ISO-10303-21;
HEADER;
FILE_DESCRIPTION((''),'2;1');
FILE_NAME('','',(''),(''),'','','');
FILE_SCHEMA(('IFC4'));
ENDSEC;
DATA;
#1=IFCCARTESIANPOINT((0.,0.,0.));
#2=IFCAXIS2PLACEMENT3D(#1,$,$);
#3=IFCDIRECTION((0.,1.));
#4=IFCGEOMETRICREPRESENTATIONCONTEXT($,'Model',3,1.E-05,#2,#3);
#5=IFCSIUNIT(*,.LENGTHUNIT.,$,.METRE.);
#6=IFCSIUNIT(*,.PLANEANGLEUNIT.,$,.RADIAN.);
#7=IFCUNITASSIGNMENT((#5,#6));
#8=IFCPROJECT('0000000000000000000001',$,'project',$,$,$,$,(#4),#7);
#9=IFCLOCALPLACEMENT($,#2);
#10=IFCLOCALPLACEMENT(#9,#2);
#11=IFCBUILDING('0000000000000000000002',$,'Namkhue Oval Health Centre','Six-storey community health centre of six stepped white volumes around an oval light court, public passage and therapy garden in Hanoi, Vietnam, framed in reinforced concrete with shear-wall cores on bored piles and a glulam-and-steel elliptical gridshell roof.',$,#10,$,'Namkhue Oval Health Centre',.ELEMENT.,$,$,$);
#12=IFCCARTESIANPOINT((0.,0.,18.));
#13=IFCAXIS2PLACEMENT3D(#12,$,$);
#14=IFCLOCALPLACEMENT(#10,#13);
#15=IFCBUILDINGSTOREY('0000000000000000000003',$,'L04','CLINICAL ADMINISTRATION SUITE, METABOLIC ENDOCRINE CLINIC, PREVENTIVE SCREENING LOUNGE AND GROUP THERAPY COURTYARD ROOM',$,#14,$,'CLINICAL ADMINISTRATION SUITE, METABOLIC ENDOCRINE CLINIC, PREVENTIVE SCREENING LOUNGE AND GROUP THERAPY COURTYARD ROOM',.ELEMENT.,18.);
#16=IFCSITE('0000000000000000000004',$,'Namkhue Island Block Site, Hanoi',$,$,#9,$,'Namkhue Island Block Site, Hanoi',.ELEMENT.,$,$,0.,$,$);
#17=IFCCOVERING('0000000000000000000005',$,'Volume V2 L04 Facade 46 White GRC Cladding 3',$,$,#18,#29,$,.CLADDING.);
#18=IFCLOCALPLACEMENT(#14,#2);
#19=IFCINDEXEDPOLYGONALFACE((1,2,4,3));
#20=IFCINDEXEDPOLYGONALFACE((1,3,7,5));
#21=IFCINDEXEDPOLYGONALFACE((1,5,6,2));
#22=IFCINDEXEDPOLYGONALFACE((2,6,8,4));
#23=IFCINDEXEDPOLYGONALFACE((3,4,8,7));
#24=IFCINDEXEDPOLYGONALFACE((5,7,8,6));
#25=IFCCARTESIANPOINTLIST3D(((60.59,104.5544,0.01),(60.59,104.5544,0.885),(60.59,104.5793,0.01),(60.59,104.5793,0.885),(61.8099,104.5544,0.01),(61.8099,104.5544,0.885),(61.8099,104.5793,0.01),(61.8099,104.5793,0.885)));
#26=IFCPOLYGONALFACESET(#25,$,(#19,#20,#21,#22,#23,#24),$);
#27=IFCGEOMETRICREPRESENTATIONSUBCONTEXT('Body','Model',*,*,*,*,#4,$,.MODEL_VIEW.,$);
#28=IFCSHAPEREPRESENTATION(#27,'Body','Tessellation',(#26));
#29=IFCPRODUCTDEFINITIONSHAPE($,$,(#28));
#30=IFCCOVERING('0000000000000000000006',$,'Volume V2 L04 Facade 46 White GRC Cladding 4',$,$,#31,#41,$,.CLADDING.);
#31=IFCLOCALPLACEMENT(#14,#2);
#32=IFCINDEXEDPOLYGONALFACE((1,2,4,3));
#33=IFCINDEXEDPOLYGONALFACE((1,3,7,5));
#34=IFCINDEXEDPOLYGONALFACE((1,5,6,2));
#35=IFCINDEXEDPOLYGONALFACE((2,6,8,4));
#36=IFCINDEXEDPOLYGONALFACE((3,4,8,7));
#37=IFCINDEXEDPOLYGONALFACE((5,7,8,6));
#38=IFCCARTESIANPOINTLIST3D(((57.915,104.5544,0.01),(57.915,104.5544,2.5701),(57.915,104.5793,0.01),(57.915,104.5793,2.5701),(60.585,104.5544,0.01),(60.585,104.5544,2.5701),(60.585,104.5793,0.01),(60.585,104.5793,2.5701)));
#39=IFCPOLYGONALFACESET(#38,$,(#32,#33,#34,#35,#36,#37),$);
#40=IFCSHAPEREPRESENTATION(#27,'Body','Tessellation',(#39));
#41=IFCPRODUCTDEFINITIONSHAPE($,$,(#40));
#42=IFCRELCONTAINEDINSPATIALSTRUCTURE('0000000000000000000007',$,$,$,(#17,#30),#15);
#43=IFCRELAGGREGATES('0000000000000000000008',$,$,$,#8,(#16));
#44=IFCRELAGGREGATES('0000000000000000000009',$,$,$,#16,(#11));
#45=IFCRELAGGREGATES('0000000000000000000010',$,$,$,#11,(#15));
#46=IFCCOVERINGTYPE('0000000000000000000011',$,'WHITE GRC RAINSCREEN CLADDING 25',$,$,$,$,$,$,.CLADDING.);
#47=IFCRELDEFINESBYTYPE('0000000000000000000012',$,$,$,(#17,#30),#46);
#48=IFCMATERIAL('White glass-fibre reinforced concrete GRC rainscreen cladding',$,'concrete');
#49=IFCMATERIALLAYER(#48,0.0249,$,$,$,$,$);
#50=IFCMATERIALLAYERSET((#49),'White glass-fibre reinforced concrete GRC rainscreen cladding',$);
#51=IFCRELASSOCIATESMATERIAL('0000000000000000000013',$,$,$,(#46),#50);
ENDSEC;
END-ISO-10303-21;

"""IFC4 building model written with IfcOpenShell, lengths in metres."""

from ifc_helpers import new_model, si_unit, direction, frame, origin, origin_2d, place, context, subcontext, project, spatial, rectangle, extrude, material, layer, layer_set, type_object, element, save


model = new_model("IFC4")

# Units and contexts
model_context = context("Model", 3, precision=1e-05, world=origin(), true_north=direction((0.0, 1.0)))
body_context = subcontext(model_context, "Body", "Model", "MODEL_VIEW")
ifc_project = project(units=[si_unit("LENGTHUNIT", "METRE"), si_unit("PLANEANGLEUNIT", "RADIAN")], contexts=[model_context])

# Site, building, storey
site_placement = place(None, origin())
site = spatial("IfcSite", under=ifc_project, at=site_placement, Name="Namkhue Island Block Site, Hanoi", LongName="Namkhue Island Block Site, Hanoi", CompositionType="ELEMENT", RefElevation=0.0)
building_placement = place(site_placement, origin())
building = spatial("IfcBuilding", under=site, at=building_placement, Name="Namkhue Oval Health Centre", Description="Six-storey community health centre of six stepped white volumes around an oval light court, public passage and therapy garden in Hanoi, Vietnam, framed in reinforced concrete with shear-wall cores on bored piles and a glulam-and-steel elliptical gridshell roof.", LongName="Namkhue Oval Health Centre", CompositionType="ELEMENT")
storey_placement = place(building_placement, frame((0.0, 0.0, 18.0)))
storey = spatial("IfcBuildingStorey", under=building, at=storey_placement, Name="L04", Description="CLINICAL ADMINISTRATION SUITE, METABOLIC ENDOCRINE CLINIC, PREVENTIVE SCREENING LOUNGE AND GROUP THERAPY COURTYARD ROOM", LongName="CLINICAL ADMINISTRATION SUITE, METABOLIC ENDOCRINE CLINIC, PREVENTIVE SCREENING LOUNGE AND GROUP THERAPY COURTYARD ROOM", CompositionType="ELEMENT", Elevation=18.0)

# Coverings
ifc_material_1 = material(Name="White glass-fibre reinforced concrete GRC rainscreen cladding", Category="concrete")
ifc_layer_1 = layer(ifc_material_1, 0.0249)
ifc_layer_set_1 = layer_set([ifc_layer_1], Name="White glass-fibre reinforced concrete GRC rainscreen cladding")
covering_type = type_object("IfcCoveringType", Name="WHITE GRC RAINSCREEN CLADDING 25", PredefinedType="CLADDING", material=ifc_layer_set_1)
covering_1_placement = place(storey_placement, frame((61.2, 104.5669, 0.01), z_axis=(0.0, 0.0, 1.0), x_axis=(-1.0, 0.0, 0.0)))
element("IfcCovering", 1, at=covering_1_placement, inside=storey, type_object=covering_type, Name="Volume V2 L04 Facade 46 White GRC Cladding 3", PredefinedType="CLADDING", context=body_context, shape_type="SweptSolid", body=[
    extrude(rectangle(XDim=1.22, YDim=0.0249, at=origin_2d()), origin(), (0.0, 0.0, 1.0), 0.875),
])
covering_2_placement = place(storey_placement, frame((59.25, 104.5669, 0.01), z_axis=(0.0, 0.0, 1.0), x_axis=(-1.0, 0.0, 0.0)))
element("IfcCovering", 2, at=covering_2_placement, inside=storey, type_object=covering_type, Name="Volume V2 L04 Facade 46 White GRC Cladding 4", PredefinedType="CLADDING", context=body_context, shape_type="SweptSolid", body=[
    extrude(rectangle(XDim=2.6699, YDim=0.0249, at=origin_2d()), origin(), (0.0, 0.0, 1.0), 2.5601),
])

save(model, "model.ifc")
